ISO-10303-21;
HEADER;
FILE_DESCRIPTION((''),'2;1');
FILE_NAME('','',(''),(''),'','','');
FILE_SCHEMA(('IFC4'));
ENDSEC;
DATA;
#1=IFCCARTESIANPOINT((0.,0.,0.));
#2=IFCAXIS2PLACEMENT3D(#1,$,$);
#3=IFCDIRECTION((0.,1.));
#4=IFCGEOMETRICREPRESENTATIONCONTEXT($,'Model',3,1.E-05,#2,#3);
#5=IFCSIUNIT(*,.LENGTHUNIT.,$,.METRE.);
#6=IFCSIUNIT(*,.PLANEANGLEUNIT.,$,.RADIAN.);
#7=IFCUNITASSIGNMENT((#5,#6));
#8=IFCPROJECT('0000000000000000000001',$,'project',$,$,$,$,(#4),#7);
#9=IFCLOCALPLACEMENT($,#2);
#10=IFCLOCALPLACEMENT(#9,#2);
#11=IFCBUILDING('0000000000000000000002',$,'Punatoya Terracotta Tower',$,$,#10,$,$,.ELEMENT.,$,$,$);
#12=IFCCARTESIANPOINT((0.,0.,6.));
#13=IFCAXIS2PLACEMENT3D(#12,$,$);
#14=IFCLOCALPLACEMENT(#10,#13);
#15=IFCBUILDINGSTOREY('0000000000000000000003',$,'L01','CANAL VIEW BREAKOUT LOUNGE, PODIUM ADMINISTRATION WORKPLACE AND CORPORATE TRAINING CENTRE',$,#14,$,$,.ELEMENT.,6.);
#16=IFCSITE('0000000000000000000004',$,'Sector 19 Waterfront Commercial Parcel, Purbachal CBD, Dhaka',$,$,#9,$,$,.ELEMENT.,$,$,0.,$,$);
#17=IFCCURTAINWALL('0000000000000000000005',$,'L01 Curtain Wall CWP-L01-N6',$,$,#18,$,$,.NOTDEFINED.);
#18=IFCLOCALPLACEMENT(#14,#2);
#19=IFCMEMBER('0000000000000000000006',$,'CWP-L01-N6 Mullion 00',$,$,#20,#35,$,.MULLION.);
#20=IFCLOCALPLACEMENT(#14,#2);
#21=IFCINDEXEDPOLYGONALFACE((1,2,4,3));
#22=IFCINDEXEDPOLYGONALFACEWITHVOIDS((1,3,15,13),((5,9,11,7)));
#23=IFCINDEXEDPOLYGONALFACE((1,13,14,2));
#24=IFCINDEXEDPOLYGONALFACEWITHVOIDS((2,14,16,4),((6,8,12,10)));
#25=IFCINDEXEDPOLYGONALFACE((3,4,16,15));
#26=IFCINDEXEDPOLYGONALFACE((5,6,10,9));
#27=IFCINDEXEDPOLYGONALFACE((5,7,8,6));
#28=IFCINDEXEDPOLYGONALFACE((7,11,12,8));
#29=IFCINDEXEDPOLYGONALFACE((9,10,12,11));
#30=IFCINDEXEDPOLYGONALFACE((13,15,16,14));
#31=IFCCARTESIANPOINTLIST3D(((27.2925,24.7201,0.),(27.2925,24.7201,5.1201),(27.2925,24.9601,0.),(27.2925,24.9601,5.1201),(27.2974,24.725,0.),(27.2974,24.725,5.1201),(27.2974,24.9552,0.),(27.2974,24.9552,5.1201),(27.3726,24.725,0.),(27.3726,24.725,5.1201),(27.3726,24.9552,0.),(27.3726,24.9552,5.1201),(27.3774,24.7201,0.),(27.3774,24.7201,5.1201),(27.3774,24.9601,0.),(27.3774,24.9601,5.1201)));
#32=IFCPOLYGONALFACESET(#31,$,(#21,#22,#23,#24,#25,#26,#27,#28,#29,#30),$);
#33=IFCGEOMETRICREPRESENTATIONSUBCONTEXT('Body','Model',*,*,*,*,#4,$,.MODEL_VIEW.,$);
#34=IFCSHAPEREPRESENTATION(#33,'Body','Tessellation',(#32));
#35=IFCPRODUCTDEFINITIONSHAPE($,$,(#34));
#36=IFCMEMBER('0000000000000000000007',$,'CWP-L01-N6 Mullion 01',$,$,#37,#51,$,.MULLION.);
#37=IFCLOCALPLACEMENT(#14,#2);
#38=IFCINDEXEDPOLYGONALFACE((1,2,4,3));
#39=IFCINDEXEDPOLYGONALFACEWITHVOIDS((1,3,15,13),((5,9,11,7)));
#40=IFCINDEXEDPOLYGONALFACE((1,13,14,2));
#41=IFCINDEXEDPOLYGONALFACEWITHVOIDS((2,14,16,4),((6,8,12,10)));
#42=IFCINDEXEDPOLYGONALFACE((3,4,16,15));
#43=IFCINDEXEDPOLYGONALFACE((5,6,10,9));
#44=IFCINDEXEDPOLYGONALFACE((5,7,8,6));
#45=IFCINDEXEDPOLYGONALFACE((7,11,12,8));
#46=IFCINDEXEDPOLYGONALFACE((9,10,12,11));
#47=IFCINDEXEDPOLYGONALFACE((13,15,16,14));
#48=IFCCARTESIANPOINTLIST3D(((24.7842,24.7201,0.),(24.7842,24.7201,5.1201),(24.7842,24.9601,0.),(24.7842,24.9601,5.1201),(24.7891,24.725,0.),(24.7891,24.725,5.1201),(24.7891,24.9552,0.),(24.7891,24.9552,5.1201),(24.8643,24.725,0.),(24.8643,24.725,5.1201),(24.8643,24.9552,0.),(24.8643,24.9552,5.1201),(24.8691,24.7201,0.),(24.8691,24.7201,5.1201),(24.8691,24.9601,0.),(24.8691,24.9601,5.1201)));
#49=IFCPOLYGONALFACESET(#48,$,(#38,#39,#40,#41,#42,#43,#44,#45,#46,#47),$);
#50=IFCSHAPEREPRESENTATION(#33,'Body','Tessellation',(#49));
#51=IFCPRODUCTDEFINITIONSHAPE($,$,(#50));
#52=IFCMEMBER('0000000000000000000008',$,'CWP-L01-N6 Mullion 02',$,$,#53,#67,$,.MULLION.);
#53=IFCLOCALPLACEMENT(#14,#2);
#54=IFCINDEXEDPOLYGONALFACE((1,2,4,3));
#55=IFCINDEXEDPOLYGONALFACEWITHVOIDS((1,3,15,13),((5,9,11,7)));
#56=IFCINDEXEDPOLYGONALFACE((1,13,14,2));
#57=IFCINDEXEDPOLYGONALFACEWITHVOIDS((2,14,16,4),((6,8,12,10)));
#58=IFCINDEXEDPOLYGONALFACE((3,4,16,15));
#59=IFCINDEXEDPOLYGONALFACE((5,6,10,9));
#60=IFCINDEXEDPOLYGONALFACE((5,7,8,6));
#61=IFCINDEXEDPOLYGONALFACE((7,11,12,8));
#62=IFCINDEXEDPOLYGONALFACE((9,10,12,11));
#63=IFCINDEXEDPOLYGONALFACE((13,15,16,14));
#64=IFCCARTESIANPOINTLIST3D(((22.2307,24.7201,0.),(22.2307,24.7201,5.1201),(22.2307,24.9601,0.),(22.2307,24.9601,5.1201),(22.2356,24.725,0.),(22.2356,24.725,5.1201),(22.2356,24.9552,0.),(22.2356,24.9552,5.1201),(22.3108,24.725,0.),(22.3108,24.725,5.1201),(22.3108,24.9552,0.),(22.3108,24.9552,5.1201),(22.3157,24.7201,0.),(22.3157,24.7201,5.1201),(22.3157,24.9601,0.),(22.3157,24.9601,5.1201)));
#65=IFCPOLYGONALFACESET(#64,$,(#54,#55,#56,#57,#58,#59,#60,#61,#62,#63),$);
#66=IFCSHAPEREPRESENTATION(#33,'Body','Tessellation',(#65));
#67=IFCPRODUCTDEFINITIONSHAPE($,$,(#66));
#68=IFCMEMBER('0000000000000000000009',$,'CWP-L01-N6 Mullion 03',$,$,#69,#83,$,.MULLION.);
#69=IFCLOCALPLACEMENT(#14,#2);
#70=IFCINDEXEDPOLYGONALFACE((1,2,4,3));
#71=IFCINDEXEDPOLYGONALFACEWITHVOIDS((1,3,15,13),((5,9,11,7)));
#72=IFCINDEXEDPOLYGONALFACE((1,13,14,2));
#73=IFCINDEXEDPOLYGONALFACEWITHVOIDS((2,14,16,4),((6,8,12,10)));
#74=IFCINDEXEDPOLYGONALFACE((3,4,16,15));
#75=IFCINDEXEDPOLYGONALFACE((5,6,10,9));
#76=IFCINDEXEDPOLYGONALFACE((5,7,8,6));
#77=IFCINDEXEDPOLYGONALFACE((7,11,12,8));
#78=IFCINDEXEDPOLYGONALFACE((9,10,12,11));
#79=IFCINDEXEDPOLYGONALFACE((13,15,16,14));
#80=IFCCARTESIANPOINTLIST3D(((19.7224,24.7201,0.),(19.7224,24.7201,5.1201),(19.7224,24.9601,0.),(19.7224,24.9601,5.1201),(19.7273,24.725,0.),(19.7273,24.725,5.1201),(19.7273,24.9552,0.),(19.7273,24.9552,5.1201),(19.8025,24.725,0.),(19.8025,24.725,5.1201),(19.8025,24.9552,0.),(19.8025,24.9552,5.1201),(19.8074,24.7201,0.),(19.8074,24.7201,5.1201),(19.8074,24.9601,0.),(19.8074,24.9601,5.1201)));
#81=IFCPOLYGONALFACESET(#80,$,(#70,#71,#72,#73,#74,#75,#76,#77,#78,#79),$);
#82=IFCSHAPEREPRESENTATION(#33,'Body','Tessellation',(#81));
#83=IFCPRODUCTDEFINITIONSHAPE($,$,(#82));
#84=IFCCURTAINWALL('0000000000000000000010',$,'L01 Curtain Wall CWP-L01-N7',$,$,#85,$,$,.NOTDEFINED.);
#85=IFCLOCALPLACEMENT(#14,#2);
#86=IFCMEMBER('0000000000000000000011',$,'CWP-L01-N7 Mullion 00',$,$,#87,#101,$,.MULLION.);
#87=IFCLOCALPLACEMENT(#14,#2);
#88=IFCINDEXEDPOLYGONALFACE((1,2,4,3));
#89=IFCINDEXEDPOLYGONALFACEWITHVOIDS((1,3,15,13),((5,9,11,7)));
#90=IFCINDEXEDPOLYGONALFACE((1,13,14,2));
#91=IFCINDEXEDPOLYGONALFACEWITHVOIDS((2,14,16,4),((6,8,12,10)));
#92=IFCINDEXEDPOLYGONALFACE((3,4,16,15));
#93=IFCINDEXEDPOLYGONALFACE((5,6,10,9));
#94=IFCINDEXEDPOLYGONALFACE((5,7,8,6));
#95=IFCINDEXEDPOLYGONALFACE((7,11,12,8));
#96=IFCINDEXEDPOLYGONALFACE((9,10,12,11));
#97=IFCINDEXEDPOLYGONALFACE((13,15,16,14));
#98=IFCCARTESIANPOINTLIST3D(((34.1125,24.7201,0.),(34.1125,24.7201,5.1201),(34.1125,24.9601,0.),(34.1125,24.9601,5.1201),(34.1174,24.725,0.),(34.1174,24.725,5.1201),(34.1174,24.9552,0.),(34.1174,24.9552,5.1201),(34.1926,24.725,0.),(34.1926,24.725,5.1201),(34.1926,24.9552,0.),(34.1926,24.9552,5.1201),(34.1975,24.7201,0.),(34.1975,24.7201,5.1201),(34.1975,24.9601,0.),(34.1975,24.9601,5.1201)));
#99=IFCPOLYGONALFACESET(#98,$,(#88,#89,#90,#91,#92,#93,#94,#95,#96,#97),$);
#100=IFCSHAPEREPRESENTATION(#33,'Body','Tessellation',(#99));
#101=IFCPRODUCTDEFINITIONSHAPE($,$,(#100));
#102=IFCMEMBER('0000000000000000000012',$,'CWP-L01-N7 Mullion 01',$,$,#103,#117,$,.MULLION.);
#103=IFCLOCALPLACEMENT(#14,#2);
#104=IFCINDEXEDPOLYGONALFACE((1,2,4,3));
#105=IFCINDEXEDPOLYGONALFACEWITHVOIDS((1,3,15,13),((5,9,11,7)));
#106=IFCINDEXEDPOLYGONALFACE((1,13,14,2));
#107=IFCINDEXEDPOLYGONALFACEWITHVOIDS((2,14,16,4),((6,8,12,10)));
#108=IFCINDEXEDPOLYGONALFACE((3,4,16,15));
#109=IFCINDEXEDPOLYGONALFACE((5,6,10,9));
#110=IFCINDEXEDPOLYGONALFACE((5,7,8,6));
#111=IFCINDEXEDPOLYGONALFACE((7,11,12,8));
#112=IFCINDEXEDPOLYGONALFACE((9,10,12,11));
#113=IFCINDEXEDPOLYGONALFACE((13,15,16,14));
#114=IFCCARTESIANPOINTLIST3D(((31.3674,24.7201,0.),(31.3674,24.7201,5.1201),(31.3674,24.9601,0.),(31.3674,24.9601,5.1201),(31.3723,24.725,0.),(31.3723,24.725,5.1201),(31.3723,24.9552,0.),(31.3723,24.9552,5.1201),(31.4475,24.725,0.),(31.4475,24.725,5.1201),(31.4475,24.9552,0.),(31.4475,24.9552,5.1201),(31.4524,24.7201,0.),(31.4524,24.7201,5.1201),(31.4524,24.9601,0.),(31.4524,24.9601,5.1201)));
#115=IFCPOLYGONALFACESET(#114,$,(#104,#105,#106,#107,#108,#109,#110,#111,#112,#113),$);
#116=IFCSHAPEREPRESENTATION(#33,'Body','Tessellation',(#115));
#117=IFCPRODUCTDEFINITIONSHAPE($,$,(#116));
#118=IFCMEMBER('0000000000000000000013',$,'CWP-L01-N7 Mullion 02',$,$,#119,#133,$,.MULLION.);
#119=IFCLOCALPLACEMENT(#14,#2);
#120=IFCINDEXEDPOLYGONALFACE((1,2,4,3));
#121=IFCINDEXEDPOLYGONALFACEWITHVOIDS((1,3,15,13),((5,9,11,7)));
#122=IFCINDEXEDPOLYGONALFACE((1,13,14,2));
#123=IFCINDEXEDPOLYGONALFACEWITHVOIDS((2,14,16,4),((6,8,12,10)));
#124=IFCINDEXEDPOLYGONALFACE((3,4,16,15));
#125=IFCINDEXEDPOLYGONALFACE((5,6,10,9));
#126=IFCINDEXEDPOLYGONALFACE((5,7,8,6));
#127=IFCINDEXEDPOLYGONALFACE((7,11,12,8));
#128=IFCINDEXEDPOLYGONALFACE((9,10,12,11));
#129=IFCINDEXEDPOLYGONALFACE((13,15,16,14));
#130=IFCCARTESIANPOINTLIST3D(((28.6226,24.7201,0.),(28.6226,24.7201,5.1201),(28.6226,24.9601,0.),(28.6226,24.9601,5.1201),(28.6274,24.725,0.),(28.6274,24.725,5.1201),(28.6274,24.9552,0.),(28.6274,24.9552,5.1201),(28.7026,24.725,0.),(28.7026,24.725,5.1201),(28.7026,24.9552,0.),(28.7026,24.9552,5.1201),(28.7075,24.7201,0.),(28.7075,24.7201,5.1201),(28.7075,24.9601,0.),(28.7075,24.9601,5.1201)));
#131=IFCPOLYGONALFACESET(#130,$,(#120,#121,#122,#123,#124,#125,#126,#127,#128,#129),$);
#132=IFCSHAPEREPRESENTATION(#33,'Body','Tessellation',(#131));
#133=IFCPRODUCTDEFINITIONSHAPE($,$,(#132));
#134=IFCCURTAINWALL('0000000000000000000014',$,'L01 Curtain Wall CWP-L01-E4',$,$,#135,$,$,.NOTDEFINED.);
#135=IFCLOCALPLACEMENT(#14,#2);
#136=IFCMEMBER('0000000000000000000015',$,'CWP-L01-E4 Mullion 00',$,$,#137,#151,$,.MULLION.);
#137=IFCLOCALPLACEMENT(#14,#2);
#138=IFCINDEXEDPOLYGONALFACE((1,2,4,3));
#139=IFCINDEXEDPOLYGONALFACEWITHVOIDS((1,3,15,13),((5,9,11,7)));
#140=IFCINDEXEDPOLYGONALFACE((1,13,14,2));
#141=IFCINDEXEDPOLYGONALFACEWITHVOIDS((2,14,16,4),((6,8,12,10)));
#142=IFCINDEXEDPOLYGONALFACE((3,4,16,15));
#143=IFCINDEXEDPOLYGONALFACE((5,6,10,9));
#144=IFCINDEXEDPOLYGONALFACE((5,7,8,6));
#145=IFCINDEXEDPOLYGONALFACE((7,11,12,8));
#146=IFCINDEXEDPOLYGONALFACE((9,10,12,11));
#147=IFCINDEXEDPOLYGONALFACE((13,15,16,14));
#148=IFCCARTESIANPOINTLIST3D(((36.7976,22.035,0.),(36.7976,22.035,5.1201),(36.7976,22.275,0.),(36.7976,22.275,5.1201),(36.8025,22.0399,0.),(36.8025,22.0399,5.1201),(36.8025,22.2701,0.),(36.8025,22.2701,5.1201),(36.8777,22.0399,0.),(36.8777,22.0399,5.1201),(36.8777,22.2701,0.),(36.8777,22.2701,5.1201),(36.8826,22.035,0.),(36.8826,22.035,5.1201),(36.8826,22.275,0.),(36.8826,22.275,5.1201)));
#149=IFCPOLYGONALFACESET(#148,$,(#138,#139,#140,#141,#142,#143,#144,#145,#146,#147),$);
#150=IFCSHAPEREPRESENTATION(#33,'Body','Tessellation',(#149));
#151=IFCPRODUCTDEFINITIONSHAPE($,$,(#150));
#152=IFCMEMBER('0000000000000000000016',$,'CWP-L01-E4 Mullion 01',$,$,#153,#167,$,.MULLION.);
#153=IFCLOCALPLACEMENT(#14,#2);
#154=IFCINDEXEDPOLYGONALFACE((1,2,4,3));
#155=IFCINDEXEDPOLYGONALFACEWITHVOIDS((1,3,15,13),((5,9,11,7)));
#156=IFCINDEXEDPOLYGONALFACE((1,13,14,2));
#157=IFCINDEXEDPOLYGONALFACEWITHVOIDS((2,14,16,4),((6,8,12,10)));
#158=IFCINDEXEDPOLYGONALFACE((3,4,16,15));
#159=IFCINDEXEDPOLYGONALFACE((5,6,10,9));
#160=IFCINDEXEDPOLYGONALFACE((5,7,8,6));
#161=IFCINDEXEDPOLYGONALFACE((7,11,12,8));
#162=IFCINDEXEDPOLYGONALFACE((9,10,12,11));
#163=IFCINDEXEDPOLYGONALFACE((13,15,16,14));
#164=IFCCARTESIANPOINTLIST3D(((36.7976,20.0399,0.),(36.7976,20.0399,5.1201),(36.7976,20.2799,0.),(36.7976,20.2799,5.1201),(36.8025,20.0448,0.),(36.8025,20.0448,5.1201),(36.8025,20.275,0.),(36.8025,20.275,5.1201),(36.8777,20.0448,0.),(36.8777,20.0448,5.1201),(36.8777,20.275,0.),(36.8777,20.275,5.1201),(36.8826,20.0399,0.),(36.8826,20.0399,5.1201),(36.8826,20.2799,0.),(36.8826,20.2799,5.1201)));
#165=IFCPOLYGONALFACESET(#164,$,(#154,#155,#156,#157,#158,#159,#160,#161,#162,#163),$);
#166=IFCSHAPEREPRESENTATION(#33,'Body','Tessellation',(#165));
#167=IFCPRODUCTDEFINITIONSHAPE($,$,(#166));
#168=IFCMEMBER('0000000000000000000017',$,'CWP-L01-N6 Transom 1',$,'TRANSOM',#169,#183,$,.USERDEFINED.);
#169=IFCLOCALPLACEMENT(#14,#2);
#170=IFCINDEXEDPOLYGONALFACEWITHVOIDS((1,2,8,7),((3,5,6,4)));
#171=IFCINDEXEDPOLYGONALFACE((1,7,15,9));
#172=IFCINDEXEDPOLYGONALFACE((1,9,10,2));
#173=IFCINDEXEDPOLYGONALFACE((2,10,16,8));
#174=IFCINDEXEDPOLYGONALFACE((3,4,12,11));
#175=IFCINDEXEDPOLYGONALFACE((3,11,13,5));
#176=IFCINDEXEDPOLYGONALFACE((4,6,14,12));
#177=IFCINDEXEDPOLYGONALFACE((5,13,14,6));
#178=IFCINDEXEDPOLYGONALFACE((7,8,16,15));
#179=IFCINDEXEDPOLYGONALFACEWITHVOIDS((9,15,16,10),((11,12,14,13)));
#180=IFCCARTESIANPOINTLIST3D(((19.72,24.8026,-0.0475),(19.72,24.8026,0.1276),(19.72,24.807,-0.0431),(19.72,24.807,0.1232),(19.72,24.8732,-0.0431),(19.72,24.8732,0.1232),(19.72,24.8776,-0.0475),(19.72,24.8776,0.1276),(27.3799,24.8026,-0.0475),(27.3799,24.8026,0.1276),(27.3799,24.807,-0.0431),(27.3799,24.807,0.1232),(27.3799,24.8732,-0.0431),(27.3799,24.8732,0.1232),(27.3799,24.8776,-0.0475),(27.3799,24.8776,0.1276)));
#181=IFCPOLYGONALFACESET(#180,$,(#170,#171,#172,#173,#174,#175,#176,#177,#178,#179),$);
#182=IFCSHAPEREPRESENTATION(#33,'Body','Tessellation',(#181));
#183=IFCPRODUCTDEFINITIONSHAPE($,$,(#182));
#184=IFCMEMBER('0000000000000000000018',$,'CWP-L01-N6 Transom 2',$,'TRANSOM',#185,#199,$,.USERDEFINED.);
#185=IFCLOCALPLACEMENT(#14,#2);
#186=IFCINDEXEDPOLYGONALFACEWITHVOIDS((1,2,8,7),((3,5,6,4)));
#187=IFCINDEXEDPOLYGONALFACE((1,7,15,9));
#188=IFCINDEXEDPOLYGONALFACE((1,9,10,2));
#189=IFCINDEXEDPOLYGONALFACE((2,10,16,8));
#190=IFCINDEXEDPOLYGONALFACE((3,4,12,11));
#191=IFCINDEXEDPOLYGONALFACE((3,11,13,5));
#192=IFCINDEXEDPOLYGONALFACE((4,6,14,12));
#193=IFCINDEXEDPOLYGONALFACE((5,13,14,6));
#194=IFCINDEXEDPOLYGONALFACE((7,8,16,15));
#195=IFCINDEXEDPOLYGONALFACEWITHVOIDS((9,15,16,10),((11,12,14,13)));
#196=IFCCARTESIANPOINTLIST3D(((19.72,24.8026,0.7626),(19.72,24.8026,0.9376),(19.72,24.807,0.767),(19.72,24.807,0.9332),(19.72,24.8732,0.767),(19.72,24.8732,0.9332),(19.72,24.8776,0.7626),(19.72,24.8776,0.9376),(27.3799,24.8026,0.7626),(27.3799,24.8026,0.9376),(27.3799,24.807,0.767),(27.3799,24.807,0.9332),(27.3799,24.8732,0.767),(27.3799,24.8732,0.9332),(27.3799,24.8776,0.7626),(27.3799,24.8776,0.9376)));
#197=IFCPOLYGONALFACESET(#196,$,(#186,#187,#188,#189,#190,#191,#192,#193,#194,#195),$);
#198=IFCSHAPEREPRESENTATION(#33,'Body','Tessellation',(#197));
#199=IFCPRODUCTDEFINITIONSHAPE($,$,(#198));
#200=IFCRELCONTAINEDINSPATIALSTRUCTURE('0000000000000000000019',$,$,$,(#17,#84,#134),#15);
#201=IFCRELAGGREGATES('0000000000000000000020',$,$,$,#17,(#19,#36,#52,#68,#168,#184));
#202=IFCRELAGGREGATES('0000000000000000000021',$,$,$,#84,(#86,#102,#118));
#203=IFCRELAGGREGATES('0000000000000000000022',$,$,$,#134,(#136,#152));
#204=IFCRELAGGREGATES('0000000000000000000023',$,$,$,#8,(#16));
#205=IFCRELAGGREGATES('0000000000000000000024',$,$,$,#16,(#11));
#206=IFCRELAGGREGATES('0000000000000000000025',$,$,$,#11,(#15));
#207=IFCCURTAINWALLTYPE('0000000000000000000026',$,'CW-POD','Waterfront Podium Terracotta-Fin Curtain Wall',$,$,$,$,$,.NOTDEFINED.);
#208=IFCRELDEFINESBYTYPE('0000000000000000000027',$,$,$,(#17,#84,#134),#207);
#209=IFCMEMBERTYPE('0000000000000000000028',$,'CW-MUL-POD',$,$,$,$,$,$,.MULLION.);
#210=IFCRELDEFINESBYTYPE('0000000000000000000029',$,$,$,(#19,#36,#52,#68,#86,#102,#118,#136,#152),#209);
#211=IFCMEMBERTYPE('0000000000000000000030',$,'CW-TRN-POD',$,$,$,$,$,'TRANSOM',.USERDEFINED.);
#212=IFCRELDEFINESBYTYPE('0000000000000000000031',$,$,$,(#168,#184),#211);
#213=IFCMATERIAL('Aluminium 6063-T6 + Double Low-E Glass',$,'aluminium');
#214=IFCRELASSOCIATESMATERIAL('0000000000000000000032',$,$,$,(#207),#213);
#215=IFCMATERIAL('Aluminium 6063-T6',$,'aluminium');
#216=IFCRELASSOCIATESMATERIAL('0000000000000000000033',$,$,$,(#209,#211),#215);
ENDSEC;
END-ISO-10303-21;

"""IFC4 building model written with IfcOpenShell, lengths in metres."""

from ifc_helpers import new_model, si_unit, direction, frame, origin, origin_2d, place, context, subcontext, project, spatial, hollow_rectangle, extrude, material, material_profile, profile_set, type_object, element, aggregate, save


model = new_model("IFC4")

# Units and contexts
model_context = context("Model", 3, precision=1e-05, world=origin(), true_north=direction((0.0, 1.0)))
body_context = subcontext(model_context, "Body", "Model", "MODEL_VIEW")
ifc_project = project(units=[si_unit("LENGTHUNIT", "METRE"), si_unit("PLANEANGLEUNIT", "RADIAN")], contexts=[model_context])

# Site, building, storey
site_placement = place(None, origin())
site = spatial("IfcSite", under=ifc_project, at=site_placement, Name="Sector 19 Waterfront Commercial Parcel, Purbachal CBD, Dhaka", CompositionType="ELEMENT", RefElevation=0.0)
building_placement = place(site_placement, origin())
building = spatial("IfcBuilding", under=site, at=building_placement, Name="Punatoya Terracotta Tower", CompositionType="ELEMENT")
storey_placement = place(building_placement, frame((0.0, 0.0, 6.0)))
storey = spatial("IfcBuildingStorey", under=building, at=storey_placement, Name="L01", Description="CANAL VIEW BREAKOUT LOUNGE, PODIUM ADMINISTRATION WORKPLACE AND CORPORATE TRAINING CENTRE", CompositionType="ELEMENT", Elevation=6.0)

# Curtain walls, members
ifc_material_1 = material(Name="Aluminium 6063-T6 + Double Low-E Glass", Category="aluminium")
curtain_wall_type = type_object("IfcCurtainWallType", Name="CW-POD", Description="Waterfront Podium Terracotta-Fin Curtain Wall", PredefinedType="NOTDEFINED", material=ifc_material_1)
curtain_wall_1_placement = place(storey_placement, origin())
curtain_wall_1 = element("IfcCurtainWall", 1, at=curtain_wall_1_placement, inside=storey, type_object=curtain_wall_type, Name="L01 Curtain Wall CWP-L01-N6", PredefinedType="NOTDEFINED")
ifc_material_2 = material(Name="Aluminium 6063-T6", Category="aluminium")
ifc_material_profile_1 = material_profile(ifc_material_2, hollow_rectangle(XDim=0.085, YDim=0.24, WallThickness=0.0049, at=origin_2d()))
ifc_profile_set_1 = profile_set([ifc_material_profile_1], Name="Aluminium 6063-T6")
member_type_1 = type_object("IfcMemberType", Name="CW-MUL-POD", PredefinedType="MULLION", material=ifc_profile_set_1)
member_1_placement = place(storey_placement, frame((27.335, 24.8401, 0.0), z_axis=(0.0, 0.0, 1.0), x_axis=(1.0, 0.0, 0.0)))
member_1 = element("IfcMember", 2, at=member_1_placement, type_object=member_type_1, Name="CWP-L01-N6 Mullion 00", PredefinedType="MULLION", context=body_context, shape_type="SweptSolid", body=[
    extrude(hollow_rectangle(XDim=0.085, YDim=0.24, WallThickness=0.0049, at=origin_2d()), origin(), (0.0, 0.0, 1.0), 5.1201),
])
member_2_placement = place(storey_placement, frame((24.8267, 24.8401, 0.0), z_axis=(0.0, 0.0, 1.0), x_axis=(1.0, 0.0, 0.0)))
member_2 = element("IfcMember", 3, at=member_2_placement, type_object=member_type_1, Name="CWP-L01-N6 Mullion 01", PredefinedType="MULLION", context=body_context, shape_type="SweptSolid", body=[
    extrude(hollow_rectangle(XDim=0.085, YDim=0.24, WallThickness=0.0049, at=origin_2d()), origin(), (0.0, 0.0, 1.0), 5.1201),
])
member_3_placement = place(storey_placement, frame((22.2732, 24.8401, 0.0), z_axis=(0.0, 0.0, 1.0), x_axis=(1.0, 0.0, 0.0)))
member_3 = element("IfcMember", 4, at=member_3_placement, type_object=member_type_1, Name="CWP-L01-N6 Mullion 02", PredefinedType="MULLION", context=body_context, shape_type="SweptSolid", body=[
    extrude(hollow_rectangle(XDim=0.085, YDim=0.24, WallThickness=0.0049, at=origin_2d()), origin(), (0.0, 0.0, 1.0), 5.1201),
])
member_4_placement = place(storey_placement, frame((19.7649, 24.8401, 0.0), z_axis=(0.0, 0.0, 1.0), x_axis=(1.0, 0.0, 0.0)))
member_4 = element("IfcMember", 5, at=member_4_placement, type_object=member_type_1, Name="CWP-L01-N6 Mullion 03", PredefinedType="MULLION", context=body_context, shape_type="SweptSolid", body=[
    extrude(hollow_rectangle(XDim=0.085, YDim=0.24, WallThickness=0.0049, at=origin_2d()), origin(), (0.0, 0.0, 1.0), 5.1201),
])
curtain_wall_2_placement = place(storey_placement, origin())
curtain_wall_2 = element("IfcCurtainWall", 6, at=curtain_wall_2_placement, inside=storey, type_object=curtain_wall_type, Name="L01 Curtain Wall CWP-L01-N7", PredefinedType="NOTDEFINED")
member_5_placement = place(storey_placement, frame((34.155, 24.8401, 0.0), z_axis=(0.0, 0.0, 1.0), x_axis=(1.0, 0.0, 0.0)))
member_5 = element("IfcMember", 7, at=member_5_placement, type_object=member_type_1, Name="CWP-L01-N7 Mullion 00", PredefinedType="MULLION", context=body_context, shape_type="SweptSolid", body=[
    extrude(hollow_rectangle(XDim=0.085, YDim=0.24, WallThickness=0.0049, at=origin_2d()), origin(), (0.0, 0.0, 1.0), 5.1201),
])
member_6_placement = place(storey_placement, frame((31.4099, 24.8401, 0.0), z_axis=(0.0, 0.0, 1.0), x_axis=(1.0, 0.0, 0.0)))
member_6 = element("IfcMember", 8, at=member_6_placement, type_object=member_type_1, Name="CWP-L01-N7 Mullion 01", PredefinedType="MULLION", context=body_context, shape_type="SweptSolid", body=[
    extrude(hollow_rectangle(XDim=0.085, YDim=0.24, WallThickness=0.0049, at=origin_2d()), origin(), (0.0, 0.0, 1.0), 5.1201),
])
member_7_placement = place(storey_placement, frame((28.665, 24.8401, 0.0), z_axis=(0.0, 0.0, 1.0), x_axis=(1.0, 0.0, 0.0)))
member_7 = element("IfcMember", 9, at=member_7_placement, type_object=member_type_1, Name="CWP-L01-N7 Mullion 02", PredefinedType="MULLION", context=body_context, shape_type="SweptSolid", body=[
    extrude(hollow_rectangle(XDim=0.085, YDim=0.24, WallThickness=0.0049, at=origin_2d()), origin(), (0.0, 0.0, 1.0), 5.1201),
])
curtain_wall_3_placement = place(storey_placement, origin())
curtain_wall_3 = element("IfcCurtainWall", 10, at=curtain_wall_3_placement, inside=storey, type_object=curtain_wall_type, Name="L01 Curtain Wall CWP-L01-E4", PredefinedType="NOTDEFINED")
member_8_placement = place(storey_placement, frame((36.8401, 22.155, 0.0), z_axis=(0.0, 0.0, 1.0), x_axis=(1.0, 0.0, 0.0)))
member_8 = element("IfcMember", 11, at=member_8_placement, type_object=member_type_1, Name="CWP-L01-E4 Mullion 00", PredefinedType="MULLION", context=body_context, shape_type="SweptSolid", body=[
    extrude(hollow_rectangle(XDim=0.085, YDim=0.24, WallThickness=0.0049, at=origin_2d()), origin(), (0.0, 0.0, 1.0), 5.1201),
])
member_9_placement = place(storey_placement, frame((36.8401, 20.1599, 0.0), z_axis=(0.0, 0.0, 1.0), x_axis=(1.0, 0.0, 0.0)))
member_9 = element("IfcMember", 12, at=member_9_placement, type_object=member_type_1, Name="CWP-L01-E4 Mullion 01", PredefinedType="MULLION", context=body_context, shape_type="SweptSolid", body=[
    extrude(hollow_rectangle(XDim=0.085, YDim=0.24, WallThickness=0.0049, at=origin_2d()), origin(), (0.0, 0.0, 1.0), 5.1201),
])

# Members
ifc_material_profile_2 = material_profile(ifc_material_2, hollow_rectangle(XDim=0.075, YDim=0.175, WallThickness=0.0044, at=origin_2d()))
ifc_profile_set_2 = profile_set([ifc_material_profile_2], Name="Aluminium 6063-T6")
member_type_2 = type_object("IfcMemberType", Name="CW-TRN-POD", ElementType="TRANSOM", PredefinedType="USERDEFINED", material=ifc_profile_set_2)
member_10_placement = place(storey_placement, frame((27.3799, 24.8401, 0.04), z_axis=(-1.0, 0.0, 0.0), x_axis=(0.0, -1.0, 0.0)))
member_10 = element("IfcMember", 13, at=member_10_placement, type_object=member_type_2, Name="CWP-L01-N6 Transom 1", ObjectType="TRANSOM", PredefinedType="USERDEFINED", context=body_context, shape_type="SweptSolid", body=[
    extrude(hollow_rectangle(XDim=0.075, YDim=0.175, WallThickness=0.0044, at=origin_2d()), origin(), (0.0, 0.0, 1.0), 7.6599),
])
member_11_placement = place(storey_placement, frame((27.3799, 24.8401, 0.8501), z_axis=(-1.0, 0.0, 0.0), x_axis=(0.0, -1.0, 0.0)))
member_11 = element("IfcMember", 14, at=member_11_placement, type_object=member_type_2, Name="CWP-L01-N6 Transom 2", ObjectType="TRANSOM", PredefinedType="USERDEFINED", context=body_context, shape_type="SweptSolid", body=[
    extrude(hollow_rectangle(XDim=0.075, YDim=0.175, WallThickness=0.0044, at=origin_2d()), origin(), (0.0, 0.0, 1.0), 7.6599),
])

aggregate(curtain_wall_1, [member_1, member_2, member_3, member_4, member_10, member_11])
aggregate(curtain_wall_2, [member_5, member_6, member_7])
aggregate(curtain_wall_3, [member_8, member_9])

save(model, "model.ifc")
